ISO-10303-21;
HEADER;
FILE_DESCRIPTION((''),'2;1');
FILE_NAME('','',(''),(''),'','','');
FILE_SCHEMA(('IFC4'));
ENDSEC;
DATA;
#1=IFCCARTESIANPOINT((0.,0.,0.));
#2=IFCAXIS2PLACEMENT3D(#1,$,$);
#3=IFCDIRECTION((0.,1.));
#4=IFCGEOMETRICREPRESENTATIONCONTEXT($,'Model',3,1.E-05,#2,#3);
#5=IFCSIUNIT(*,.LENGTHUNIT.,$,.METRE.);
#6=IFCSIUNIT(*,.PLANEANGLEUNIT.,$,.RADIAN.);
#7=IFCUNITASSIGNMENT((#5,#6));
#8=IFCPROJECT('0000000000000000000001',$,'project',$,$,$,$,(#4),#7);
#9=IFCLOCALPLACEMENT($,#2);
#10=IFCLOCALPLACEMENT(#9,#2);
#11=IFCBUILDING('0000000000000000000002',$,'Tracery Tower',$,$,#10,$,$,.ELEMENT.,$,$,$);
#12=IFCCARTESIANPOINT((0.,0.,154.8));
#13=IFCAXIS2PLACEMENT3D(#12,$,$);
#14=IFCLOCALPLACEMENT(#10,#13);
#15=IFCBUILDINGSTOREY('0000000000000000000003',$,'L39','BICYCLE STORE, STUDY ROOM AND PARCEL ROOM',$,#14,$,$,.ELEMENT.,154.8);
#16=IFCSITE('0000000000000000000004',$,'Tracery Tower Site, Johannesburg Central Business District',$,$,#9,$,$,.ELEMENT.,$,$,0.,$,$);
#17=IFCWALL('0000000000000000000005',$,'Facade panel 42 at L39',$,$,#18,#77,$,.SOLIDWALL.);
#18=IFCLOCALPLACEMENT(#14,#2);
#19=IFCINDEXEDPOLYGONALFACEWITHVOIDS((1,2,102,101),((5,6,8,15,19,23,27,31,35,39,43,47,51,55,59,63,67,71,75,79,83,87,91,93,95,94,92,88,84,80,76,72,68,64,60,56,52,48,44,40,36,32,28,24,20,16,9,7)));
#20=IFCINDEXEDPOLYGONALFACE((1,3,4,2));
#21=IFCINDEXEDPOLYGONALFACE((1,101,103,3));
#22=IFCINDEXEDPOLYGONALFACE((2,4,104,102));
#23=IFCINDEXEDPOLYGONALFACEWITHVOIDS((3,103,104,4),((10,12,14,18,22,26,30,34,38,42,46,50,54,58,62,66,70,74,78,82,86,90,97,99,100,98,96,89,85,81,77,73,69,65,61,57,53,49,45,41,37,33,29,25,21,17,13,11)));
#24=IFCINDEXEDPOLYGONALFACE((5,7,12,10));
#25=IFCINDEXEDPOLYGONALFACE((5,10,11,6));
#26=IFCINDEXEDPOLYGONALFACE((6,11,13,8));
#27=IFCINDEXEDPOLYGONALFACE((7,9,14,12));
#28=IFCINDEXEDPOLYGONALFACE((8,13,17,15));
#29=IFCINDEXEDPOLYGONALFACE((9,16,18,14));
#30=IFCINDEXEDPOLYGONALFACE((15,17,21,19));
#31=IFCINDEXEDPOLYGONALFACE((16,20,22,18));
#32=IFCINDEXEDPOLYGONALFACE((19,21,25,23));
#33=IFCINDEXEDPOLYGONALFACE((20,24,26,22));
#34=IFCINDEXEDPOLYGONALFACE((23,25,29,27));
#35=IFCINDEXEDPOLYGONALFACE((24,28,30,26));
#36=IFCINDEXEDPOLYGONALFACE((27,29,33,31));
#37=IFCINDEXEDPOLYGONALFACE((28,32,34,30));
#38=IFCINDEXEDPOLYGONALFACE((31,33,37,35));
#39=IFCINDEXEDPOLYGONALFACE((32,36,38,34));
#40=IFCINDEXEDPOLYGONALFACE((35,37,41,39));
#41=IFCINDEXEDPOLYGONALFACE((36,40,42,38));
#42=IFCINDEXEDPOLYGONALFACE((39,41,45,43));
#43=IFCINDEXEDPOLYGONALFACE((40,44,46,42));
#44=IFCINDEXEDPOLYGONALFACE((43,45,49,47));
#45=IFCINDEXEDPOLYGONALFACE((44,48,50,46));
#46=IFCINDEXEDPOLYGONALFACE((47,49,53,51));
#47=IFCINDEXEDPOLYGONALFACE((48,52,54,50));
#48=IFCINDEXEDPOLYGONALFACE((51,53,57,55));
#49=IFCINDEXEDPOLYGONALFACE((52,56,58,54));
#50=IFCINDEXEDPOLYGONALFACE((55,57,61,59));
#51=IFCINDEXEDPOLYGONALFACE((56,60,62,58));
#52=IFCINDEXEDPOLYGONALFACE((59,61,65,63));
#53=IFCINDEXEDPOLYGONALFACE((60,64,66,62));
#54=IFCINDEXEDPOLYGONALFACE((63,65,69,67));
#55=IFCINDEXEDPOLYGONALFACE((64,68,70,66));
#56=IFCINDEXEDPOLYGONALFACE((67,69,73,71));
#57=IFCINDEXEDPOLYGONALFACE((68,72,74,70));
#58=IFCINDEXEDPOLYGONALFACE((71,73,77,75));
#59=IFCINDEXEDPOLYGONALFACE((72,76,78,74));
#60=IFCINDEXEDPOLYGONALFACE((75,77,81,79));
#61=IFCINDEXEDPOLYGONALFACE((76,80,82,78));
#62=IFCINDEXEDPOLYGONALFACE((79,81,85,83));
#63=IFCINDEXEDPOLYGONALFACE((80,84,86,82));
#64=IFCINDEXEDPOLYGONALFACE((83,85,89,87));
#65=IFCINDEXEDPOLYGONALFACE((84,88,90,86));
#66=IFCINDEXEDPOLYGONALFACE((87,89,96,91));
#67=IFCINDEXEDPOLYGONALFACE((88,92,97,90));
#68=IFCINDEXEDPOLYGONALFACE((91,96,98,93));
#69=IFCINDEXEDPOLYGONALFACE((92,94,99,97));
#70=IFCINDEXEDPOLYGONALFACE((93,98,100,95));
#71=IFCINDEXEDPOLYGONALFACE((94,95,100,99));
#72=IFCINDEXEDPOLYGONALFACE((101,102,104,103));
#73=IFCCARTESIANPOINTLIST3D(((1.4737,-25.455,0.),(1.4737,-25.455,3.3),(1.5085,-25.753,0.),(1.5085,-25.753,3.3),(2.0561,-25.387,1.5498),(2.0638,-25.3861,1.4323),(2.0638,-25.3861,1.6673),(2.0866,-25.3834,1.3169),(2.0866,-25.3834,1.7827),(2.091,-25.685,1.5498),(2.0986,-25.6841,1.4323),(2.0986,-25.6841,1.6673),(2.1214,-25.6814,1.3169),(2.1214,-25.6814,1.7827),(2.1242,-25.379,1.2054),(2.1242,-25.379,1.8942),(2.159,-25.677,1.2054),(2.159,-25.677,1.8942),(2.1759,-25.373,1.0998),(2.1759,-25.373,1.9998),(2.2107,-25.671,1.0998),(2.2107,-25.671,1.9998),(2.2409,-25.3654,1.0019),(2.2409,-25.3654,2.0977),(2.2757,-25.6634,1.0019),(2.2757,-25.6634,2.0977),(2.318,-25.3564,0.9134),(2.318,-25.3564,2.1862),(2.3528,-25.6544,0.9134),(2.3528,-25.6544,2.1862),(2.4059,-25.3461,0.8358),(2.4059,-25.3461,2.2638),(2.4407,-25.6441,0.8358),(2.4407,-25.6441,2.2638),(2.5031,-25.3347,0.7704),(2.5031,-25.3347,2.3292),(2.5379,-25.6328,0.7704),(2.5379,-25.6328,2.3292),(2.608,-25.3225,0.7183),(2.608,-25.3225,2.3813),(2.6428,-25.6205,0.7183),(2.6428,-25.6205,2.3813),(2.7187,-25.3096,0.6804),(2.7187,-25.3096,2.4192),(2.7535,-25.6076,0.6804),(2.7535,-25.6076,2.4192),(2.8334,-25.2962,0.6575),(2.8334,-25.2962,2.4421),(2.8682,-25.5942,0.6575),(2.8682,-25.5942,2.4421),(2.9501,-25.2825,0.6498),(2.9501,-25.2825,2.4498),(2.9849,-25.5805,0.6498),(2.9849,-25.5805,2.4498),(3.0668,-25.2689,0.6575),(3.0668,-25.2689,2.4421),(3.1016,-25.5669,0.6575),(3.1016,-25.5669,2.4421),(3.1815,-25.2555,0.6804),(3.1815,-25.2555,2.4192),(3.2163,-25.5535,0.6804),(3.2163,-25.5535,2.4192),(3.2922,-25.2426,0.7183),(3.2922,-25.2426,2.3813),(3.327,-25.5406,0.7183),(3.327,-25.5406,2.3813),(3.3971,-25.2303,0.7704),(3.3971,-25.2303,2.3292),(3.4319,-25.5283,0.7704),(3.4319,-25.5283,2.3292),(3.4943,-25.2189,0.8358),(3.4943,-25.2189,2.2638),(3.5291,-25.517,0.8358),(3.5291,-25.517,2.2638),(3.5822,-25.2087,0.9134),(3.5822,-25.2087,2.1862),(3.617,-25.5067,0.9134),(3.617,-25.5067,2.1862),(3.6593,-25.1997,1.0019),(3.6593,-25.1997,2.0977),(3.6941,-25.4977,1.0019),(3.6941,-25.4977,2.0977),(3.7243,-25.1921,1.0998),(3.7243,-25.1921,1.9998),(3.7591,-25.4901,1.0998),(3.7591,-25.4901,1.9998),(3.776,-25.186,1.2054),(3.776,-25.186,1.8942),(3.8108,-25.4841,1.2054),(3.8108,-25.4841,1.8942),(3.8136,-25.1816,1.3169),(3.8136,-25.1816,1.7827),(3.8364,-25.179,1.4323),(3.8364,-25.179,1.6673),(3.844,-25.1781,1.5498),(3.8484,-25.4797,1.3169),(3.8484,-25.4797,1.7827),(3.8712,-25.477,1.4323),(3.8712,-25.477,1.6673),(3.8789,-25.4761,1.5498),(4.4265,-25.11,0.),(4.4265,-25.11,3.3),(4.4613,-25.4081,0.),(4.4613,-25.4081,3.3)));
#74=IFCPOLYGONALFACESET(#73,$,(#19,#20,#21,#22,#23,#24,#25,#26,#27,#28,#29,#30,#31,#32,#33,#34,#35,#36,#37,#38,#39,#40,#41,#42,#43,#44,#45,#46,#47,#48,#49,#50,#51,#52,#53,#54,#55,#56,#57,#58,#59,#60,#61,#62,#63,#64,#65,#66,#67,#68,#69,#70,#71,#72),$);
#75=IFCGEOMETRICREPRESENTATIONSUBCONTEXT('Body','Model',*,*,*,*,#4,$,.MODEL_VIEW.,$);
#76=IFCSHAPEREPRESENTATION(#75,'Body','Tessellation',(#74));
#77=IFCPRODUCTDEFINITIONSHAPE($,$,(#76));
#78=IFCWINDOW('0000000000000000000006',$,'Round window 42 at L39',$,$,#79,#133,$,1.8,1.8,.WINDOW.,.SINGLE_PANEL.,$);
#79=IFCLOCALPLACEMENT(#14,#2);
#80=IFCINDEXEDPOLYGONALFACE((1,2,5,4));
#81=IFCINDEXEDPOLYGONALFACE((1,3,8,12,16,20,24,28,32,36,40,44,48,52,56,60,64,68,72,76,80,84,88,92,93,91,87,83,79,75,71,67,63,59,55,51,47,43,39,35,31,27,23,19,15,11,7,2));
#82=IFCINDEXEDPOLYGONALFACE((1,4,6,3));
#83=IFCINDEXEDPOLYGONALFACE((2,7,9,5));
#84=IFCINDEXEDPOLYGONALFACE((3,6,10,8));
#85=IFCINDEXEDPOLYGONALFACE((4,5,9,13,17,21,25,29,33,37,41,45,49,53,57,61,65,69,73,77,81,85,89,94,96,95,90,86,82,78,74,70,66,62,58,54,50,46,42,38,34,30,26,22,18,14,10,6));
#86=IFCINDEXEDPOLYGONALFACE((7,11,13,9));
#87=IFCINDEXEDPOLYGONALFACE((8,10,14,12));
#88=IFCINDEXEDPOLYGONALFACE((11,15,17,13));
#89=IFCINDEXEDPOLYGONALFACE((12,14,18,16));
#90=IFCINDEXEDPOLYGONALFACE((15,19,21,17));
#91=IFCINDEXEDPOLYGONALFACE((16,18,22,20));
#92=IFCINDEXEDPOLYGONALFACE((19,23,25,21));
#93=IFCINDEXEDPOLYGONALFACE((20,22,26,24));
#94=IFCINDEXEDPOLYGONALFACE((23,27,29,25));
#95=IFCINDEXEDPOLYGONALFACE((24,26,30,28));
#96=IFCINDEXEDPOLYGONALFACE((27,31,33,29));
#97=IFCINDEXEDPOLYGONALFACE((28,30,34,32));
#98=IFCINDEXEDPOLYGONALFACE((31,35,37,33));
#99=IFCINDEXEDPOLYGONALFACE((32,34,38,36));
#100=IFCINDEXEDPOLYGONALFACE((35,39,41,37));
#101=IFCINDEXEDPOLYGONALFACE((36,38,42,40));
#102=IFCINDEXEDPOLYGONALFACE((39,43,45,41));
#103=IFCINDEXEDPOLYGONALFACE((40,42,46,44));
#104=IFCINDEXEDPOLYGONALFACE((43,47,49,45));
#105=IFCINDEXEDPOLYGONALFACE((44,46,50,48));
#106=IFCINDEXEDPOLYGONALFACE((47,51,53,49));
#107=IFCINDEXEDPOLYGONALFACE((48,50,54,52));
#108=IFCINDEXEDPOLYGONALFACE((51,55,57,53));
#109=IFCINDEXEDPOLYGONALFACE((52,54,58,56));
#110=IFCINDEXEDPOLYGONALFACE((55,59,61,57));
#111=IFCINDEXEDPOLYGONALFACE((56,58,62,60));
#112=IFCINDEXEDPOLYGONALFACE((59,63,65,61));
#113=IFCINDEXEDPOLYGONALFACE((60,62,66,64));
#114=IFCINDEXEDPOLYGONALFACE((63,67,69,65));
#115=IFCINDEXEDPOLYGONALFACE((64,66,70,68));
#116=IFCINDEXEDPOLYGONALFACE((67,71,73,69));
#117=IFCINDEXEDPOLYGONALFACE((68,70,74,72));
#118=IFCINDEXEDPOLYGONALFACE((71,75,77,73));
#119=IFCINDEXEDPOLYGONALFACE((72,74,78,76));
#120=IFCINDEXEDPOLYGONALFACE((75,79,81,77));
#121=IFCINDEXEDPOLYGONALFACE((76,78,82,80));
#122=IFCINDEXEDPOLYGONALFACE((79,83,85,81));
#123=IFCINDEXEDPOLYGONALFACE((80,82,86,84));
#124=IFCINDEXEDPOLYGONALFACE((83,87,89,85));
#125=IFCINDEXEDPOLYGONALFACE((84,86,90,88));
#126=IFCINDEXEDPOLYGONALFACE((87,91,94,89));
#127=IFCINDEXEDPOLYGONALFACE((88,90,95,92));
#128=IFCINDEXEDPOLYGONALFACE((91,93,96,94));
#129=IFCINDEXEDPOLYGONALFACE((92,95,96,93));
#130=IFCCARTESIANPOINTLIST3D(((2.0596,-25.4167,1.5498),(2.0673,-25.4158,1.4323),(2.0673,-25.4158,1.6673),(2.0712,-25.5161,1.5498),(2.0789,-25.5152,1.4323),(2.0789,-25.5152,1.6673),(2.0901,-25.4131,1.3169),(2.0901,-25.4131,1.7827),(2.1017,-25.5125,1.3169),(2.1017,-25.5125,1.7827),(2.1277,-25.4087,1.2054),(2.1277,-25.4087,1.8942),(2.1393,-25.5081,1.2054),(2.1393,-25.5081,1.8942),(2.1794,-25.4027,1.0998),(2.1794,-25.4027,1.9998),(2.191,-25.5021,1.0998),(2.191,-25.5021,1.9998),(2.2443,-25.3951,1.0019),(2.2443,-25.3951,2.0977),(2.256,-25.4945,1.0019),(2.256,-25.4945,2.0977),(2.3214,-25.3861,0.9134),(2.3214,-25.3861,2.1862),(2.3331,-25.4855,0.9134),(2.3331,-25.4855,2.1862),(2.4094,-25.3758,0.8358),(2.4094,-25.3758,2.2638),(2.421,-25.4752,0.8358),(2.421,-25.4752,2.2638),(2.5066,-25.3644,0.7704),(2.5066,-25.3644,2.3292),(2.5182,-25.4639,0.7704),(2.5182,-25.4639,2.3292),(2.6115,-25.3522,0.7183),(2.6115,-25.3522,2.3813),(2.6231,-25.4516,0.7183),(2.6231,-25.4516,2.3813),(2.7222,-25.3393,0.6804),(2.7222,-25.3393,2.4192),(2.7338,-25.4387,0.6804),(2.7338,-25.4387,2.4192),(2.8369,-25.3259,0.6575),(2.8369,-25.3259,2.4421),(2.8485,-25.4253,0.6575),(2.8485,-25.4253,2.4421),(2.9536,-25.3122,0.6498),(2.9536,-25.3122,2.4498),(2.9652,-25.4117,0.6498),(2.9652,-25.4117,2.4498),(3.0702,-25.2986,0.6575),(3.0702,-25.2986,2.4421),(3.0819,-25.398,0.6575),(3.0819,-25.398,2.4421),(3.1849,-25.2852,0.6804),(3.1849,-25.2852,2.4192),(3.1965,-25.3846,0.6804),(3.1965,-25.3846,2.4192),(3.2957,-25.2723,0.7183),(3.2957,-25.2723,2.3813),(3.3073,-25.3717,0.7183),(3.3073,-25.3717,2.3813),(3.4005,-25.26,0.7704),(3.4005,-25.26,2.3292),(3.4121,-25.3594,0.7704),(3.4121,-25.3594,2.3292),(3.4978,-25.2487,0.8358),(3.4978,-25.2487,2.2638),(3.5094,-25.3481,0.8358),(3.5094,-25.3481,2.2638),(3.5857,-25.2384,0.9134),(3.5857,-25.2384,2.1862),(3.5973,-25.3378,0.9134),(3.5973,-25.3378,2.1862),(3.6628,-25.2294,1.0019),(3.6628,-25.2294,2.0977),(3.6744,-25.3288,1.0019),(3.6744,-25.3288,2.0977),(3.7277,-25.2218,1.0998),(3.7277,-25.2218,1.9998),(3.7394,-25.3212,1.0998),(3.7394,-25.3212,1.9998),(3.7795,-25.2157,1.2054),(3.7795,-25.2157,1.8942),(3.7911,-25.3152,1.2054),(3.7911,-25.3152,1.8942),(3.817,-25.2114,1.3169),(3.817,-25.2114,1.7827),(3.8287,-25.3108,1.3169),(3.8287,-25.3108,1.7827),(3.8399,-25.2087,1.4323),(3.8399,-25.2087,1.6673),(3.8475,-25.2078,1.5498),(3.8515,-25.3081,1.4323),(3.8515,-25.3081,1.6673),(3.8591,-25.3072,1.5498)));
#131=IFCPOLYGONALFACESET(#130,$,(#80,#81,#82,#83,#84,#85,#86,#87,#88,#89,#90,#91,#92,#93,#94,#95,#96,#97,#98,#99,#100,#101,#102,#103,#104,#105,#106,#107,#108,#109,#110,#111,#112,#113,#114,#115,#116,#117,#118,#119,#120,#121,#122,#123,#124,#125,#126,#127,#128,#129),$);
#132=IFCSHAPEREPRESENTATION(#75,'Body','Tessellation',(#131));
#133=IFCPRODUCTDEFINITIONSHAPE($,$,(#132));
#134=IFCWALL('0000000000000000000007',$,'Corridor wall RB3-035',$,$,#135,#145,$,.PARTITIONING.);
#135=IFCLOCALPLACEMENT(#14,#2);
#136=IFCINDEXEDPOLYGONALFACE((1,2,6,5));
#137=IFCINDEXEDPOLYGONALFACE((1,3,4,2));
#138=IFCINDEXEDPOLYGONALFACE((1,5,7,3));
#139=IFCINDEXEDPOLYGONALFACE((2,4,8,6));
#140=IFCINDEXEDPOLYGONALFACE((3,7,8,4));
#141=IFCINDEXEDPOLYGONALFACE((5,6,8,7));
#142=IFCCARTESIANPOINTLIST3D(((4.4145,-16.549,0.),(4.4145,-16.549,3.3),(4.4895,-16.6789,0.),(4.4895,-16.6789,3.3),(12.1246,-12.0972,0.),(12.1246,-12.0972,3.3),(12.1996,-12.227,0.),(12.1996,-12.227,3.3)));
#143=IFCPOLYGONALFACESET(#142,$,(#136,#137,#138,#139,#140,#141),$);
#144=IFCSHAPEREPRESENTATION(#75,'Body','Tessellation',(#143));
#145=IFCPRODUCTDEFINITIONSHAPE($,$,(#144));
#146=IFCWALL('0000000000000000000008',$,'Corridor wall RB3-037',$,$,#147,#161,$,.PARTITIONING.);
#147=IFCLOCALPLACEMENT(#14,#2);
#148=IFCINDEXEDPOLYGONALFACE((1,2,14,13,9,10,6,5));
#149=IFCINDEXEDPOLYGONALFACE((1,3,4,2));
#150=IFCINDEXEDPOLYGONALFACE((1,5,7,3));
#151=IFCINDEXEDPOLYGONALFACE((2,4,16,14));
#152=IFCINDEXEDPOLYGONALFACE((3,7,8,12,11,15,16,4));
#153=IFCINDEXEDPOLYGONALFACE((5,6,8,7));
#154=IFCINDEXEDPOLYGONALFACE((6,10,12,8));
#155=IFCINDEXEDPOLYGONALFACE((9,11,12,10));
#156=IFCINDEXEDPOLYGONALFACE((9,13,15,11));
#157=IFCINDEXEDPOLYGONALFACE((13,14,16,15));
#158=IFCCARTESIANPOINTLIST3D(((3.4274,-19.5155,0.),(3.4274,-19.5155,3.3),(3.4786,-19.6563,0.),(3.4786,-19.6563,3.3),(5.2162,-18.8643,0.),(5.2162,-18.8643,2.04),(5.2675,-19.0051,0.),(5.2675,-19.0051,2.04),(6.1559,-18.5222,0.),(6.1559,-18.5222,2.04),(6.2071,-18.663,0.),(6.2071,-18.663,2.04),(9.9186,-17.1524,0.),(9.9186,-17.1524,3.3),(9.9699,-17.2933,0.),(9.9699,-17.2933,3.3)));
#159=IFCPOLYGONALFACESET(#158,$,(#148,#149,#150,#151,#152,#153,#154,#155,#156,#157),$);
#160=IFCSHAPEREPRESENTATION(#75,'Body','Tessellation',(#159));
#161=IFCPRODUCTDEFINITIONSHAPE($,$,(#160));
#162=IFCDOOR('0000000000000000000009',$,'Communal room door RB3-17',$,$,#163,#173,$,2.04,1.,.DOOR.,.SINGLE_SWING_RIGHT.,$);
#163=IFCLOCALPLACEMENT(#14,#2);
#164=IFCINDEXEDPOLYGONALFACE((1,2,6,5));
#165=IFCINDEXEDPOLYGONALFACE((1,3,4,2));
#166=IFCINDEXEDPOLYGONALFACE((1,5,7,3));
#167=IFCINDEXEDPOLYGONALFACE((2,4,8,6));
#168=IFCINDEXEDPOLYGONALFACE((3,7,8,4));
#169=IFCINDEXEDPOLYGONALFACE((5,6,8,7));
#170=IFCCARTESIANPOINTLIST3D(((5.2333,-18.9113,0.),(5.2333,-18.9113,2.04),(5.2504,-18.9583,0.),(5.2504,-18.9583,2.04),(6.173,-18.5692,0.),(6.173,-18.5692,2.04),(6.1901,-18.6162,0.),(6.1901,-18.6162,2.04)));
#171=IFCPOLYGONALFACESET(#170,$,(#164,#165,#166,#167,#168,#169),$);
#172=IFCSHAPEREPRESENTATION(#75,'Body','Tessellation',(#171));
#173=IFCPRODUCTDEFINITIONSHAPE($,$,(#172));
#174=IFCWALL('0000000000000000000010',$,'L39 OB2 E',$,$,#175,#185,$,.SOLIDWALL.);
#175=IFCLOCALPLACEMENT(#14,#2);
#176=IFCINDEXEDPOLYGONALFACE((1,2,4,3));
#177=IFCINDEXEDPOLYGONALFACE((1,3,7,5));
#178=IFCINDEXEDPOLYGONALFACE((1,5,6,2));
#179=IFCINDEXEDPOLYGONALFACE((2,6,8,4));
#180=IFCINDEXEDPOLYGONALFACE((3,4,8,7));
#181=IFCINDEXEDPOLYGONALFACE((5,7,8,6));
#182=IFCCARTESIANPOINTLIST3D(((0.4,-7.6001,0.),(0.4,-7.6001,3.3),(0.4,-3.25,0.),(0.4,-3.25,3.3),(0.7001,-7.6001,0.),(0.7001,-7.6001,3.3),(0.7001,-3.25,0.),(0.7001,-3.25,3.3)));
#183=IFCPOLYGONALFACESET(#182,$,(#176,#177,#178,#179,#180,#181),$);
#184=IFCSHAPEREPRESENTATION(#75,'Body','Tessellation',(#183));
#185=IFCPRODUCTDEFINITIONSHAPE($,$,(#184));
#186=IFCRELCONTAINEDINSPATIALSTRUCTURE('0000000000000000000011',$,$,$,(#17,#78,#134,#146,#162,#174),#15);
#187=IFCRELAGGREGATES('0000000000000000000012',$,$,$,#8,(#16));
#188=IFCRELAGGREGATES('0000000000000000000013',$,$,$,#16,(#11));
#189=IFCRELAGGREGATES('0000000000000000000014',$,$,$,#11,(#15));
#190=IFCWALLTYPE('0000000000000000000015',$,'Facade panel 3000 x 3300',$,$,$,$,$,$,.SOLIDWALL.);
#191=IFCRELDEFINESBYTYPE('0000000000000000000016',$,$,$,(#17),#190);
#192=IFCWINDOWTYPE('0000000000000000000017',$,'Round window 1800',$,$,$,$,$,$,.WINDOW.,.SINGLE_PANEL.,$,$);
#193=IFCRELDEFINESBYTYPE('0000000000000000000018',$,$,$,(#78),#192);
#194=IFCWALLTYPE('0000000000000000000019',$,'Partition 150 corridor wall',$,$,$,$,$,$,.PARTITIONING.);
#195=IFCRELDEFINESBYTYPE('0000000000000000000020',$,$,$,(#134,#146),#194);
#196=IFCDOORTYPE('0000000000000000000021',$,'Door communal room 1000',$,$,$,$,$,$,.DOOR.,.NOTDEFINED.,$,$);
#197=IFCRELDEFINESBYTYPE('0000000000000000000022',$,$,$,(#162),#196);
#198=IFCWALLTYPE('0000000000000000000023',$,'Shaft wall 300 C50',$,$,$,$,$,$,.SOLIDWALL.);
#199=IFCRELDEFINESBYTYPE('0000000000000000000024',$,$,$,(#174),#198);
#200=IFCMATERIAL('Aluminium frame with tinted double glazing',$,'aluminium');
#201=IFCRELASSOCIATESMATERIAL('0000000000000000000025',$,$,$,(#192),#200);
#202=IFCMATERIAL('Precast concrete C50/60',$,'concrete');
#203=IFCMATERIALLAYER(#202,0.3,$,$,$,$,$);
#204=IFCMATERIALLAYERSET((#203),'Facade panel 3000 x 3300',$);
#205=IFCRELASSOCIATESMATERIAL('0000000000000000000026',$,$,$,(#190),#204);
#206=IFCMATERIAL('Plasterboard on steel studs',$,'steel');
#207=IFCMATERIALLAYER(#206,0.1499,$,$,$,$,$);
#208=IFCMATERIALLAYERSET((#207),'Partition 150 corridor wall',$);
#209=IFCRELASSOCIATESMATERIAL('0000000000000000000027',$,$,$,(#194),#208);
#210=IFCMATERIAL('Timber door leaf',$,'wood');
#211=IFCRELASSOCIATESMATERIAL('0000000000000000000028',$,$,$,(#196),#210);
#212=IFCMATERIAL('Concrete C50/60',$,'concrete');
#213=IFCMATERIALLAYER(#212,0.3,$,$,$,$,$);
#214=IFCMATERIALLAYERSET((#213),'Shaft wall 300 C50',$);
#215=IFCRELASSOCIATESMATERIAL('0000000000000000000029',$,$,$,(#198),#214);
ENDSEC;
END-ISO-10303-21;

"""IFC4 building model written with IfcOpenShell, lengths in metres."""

from ifc_helpers import new_model, si_unit, direction, frame, frame_2d, origin, origin_2d, place, context, subcontext, project, spatial, rectangle, circle, extrude, material, layer, layer_set, type_object, element, fill, save


model = new_model("IFC4")

# Units and contexts
model_context = context("Model", 3, precision=1e-05, world=origin(), true_north=direction((0.0, 1.0)))
body_context = subcontext(model_context, "Body", "Model", "MODEL_VIEW")
ifc_project = project(units=[si_unit("LENGTHUNIT", "METRE"), si_unit("PLANEANGLEUNIT", "RADIAN")], contexts=[model_context])

# Site, building, storey
site_placement = place(None, origin())
site = spatial("IfcSite", under=ifc_project, at=site_placement, Name="Tracery Tower Site, Johannesburg Central Business District", CompositionType="ELEMENT", RefElevation=0.0)
building_placement = place(site_placement, origin())
building = spatial("IfcBuilding", under=site, at=building_placement, Name="Tracery Tower", CompositionType="ELEMENT")
storey_placement = place(building_placement, frame((0.0, 0.0, 154.8)))
storey = spatial("IfcBuildingStorey", under=building, at=storey_placement, Name="L39", Description="BICYCLE STORE, STUDY ROOM AND PARCEL ROOM", CompositionType="ELEMENT", Elevation=154.8)

# Wall, opening, window
ifc_material_1 = material(Name="Aluminium frame with tinted double glazing", Category="aluminium")
window_type = type_object("IfcWindowType", Name="Round window 1800", PartitioningType="SINGLE_PANEL", PredefinedType="WINDOW", material=ifc_material_1)
ifc_material_2 = material(Name="Precast concrete C50/60", Category="concrete")
ifc_layer_1 = layer(ifc_material_2, 0.3)
ifc_layer_set_1 = layer_set([ifc_layer_1], Name="Facade panel 3000 x 3300")
wall_type_1 = type_object("IfcWallType", Name="Facade panel 3000 x 3300", PredefinedType="SOLIDWALL", material=ifc_layer_set_1)
wall_1_placement = place(storey_placement, frame((1.4912, -25.604, 0.0), z_axis=(0.0, 0.0, 1.0), x_axis=(0.993245, 0.116036, 0.0)))
wall_1 = element("IfcWall", 1, at=wall_1_placement, inside=storey, type_object=wall_type_1, Name="Facade panel 42 at L39", PredefinedType="SOLIDWALL", context=body_context, shape_type="SweptSolid", body=[
    extrude(rectangle(XDim=2.9729, YDim=0.3, at=frame_2d((1.4863, 0.0))), origin(), (0.0, 0.0, 1.0), 3.3),
])
opening_1_placement = place(wall_1_placement, frame((1.4863, 0.0, 1.5498)))
opening_1 = element("IfcOpeningElement", 2, at=opening_1_placement, cuts=wall_1, PredefinedType="OPENING", context=body_context, shape_type="SweptSolid", body=[
    extrude(circle(Radius=0.9, at=origin_2d()), frame((0.0, 0.1599, 0.0), z_axis=(0.0, -1.0, 0.0), x_axis=(1.0, 0.0, 0.0)), (0.0, 0.0, 1.0), 0.3201),
])
window_1_placement = place(opening_1_placement, origin())
window_1 = element("IfcWindow", 3, at=window_1_placement, inside=storey, type_object=window_type, Name="Round window 42 at L39", OverallHeight=1.8, OverallWidth=1.8, PartitioningType="SINGLE_PANEL", PredefinedType="WINDOW", context=body_context, shape_type="SweptSolid", body=[
    extrude(circle(Radius=0.9, at=origin_2d()), frame((0.0, 0.1201, 0.0), z_axis=(0.0, -1.0, 0.0), x_axis=(1.0, 0.0, 0.0)), (0.0, 0.0, 1.0), 0.1001),
])
fill(opening_1, window_1)

# Wall
ifc_material_3 = material(Name="Plasterboard on steel studs", Category="steel")
ifc_layer_2 = layer(ifc_material_3, 0.1499)
ifc_layer_set_2 = layer_set([ifc_layer_2], Name="Partition 150 corridor wall")
wall_type_2 = type_object("IfcWallType", Name="Partition 150 corridor wall", PredefinedType="PARTITIONING", material=ifc_layer_set_2)
wall_2_placement = place(storey_placement, frame((4.4519, -16.614, 0.0), z_axis=(0.0, 0.0, 1.0), x_axis=(0.866005, 0.500035, 0.0)))
element("IfcWall", 4, at=wall_2_placement, inside=storey, type_object=wall_type_2, Name="Corridor wall RB3-035", PredefinedType="PARTITIONING", context=body_context, shape_type="SweptSolid", body=[
    extrude(rectangle(XDim=8.9031, YDim=0.1499, at=frame_2d((4.4517, 0.0))), origin(), (0.0, 0.0, 1.0), 3.3),
])

# Wall, opening, door
wall_3_placement = place(storey_placement, frame((3.4529, -19.5859, 0.0), z_axis=(0.0, 0.0, 1.0), x_axis=(0.939673, 0.342075, 0.0)))
wall_3 = element("IfcWall", 5, at=wall_3_placement, inside=storey, type_object=wall_type_2, Name="Corridor wall RB3-037", PredefinedType="PARTITIONING", context=body_context, shape_type="SweptSolid", body=[
    extrude(rectangle(XDim=6.908, YDim=0.1499, at=frame_2d((3.4541, 0.0))), origin(), (0.0, 0.0, 1.0), 3.3),
])
opening_2_placement = place(wall_3_placement, frame((1.9038, 0.0, 0.0)))
opening_2 = element("IfcOpeningElement", 6, at=opening_2_placement, cuts=wall_3, PredefinedType="OPENING", context=body_context, shape_type="SweptSolid", body=[
    extrude(rectangle(XDim=1.0, YDim=2.04, at=frame_2d((0.5, 1.02))), frame((0.0, 0.075, 0.0), z_axis=(0.0, -1.0, 0.0), x_axis=(1.0, 0.0, 0.0)), (0.0, 0.0, 1.0), 0.1499),
])
ifc_material_4 = material(Name="Timber door leaf", Category="wood")
door_type = type_object("IfcDoorType", Name="Door communal room 1000", OperationType="NOTDEFINED", PredefinedType="DOOR", material=ifc_material_4)
door_placement = place(opening_2_placement, origin())
door = element("IfcDoor", 7, at=door_placement, inside=storey, type_object=door_type, Name="Communal room door RB3-17", OperationType="SINGLE_SWING_RIGHT", OverallHeight=2.04, OverallWidth=1.0, PredefinedType="DOOR", context=body_context, shape_type="SweptSolid", body=[
    extrude(rectangle(XDim=1.0, YDim=2.04, at=frame_2d((0.5, 1.02))), frame((0.0, 0.0249, 0.0), z_axis=(0.0, -1.0, 0.0), x_axis=(1.0, 0.0, 0.0)), (0.0, 0.0, 1.0), 0.05),
])
fill(opening_2, door)

# Wall
ifc_material_5 = material(Name="Concrete C50/60", Category="concrete")
ifc_layer_3 = layer(ifc_material_5, 0.3)
ifc_layer_set_3 = layer_set([ifc_layer_3], Name="Shaft wall 300 C50")
wall_type_3 = type_object("IfcWallType", Name="Shaft wall 300 C50", PredefinedType="SOLIDWALL", material=ifc_layer_set_3)
wall_4_placement = place(storey_placement, frame((0.55, -7.6001, 0.0), z_axis=(0.0, 0.0, 1.0), x_axis=(0.0, 1.0, 0.0)))
element("IfcWall", 8, at=wall_4_placement, inside=storey, type_object=wall_type_3, Name="L39 OB2 E", PredefinedType="SOLIDWALL", context=body_context, shape_type="SweptSolid", body=[
    extrude(rectangle(XDim=4.3501, YDim=0.3, at=frame_2d((2.175, 0.0))), origin(), (0.0, 0.0, 1.0), 3.3),
])

save(model, "model.ifc")
